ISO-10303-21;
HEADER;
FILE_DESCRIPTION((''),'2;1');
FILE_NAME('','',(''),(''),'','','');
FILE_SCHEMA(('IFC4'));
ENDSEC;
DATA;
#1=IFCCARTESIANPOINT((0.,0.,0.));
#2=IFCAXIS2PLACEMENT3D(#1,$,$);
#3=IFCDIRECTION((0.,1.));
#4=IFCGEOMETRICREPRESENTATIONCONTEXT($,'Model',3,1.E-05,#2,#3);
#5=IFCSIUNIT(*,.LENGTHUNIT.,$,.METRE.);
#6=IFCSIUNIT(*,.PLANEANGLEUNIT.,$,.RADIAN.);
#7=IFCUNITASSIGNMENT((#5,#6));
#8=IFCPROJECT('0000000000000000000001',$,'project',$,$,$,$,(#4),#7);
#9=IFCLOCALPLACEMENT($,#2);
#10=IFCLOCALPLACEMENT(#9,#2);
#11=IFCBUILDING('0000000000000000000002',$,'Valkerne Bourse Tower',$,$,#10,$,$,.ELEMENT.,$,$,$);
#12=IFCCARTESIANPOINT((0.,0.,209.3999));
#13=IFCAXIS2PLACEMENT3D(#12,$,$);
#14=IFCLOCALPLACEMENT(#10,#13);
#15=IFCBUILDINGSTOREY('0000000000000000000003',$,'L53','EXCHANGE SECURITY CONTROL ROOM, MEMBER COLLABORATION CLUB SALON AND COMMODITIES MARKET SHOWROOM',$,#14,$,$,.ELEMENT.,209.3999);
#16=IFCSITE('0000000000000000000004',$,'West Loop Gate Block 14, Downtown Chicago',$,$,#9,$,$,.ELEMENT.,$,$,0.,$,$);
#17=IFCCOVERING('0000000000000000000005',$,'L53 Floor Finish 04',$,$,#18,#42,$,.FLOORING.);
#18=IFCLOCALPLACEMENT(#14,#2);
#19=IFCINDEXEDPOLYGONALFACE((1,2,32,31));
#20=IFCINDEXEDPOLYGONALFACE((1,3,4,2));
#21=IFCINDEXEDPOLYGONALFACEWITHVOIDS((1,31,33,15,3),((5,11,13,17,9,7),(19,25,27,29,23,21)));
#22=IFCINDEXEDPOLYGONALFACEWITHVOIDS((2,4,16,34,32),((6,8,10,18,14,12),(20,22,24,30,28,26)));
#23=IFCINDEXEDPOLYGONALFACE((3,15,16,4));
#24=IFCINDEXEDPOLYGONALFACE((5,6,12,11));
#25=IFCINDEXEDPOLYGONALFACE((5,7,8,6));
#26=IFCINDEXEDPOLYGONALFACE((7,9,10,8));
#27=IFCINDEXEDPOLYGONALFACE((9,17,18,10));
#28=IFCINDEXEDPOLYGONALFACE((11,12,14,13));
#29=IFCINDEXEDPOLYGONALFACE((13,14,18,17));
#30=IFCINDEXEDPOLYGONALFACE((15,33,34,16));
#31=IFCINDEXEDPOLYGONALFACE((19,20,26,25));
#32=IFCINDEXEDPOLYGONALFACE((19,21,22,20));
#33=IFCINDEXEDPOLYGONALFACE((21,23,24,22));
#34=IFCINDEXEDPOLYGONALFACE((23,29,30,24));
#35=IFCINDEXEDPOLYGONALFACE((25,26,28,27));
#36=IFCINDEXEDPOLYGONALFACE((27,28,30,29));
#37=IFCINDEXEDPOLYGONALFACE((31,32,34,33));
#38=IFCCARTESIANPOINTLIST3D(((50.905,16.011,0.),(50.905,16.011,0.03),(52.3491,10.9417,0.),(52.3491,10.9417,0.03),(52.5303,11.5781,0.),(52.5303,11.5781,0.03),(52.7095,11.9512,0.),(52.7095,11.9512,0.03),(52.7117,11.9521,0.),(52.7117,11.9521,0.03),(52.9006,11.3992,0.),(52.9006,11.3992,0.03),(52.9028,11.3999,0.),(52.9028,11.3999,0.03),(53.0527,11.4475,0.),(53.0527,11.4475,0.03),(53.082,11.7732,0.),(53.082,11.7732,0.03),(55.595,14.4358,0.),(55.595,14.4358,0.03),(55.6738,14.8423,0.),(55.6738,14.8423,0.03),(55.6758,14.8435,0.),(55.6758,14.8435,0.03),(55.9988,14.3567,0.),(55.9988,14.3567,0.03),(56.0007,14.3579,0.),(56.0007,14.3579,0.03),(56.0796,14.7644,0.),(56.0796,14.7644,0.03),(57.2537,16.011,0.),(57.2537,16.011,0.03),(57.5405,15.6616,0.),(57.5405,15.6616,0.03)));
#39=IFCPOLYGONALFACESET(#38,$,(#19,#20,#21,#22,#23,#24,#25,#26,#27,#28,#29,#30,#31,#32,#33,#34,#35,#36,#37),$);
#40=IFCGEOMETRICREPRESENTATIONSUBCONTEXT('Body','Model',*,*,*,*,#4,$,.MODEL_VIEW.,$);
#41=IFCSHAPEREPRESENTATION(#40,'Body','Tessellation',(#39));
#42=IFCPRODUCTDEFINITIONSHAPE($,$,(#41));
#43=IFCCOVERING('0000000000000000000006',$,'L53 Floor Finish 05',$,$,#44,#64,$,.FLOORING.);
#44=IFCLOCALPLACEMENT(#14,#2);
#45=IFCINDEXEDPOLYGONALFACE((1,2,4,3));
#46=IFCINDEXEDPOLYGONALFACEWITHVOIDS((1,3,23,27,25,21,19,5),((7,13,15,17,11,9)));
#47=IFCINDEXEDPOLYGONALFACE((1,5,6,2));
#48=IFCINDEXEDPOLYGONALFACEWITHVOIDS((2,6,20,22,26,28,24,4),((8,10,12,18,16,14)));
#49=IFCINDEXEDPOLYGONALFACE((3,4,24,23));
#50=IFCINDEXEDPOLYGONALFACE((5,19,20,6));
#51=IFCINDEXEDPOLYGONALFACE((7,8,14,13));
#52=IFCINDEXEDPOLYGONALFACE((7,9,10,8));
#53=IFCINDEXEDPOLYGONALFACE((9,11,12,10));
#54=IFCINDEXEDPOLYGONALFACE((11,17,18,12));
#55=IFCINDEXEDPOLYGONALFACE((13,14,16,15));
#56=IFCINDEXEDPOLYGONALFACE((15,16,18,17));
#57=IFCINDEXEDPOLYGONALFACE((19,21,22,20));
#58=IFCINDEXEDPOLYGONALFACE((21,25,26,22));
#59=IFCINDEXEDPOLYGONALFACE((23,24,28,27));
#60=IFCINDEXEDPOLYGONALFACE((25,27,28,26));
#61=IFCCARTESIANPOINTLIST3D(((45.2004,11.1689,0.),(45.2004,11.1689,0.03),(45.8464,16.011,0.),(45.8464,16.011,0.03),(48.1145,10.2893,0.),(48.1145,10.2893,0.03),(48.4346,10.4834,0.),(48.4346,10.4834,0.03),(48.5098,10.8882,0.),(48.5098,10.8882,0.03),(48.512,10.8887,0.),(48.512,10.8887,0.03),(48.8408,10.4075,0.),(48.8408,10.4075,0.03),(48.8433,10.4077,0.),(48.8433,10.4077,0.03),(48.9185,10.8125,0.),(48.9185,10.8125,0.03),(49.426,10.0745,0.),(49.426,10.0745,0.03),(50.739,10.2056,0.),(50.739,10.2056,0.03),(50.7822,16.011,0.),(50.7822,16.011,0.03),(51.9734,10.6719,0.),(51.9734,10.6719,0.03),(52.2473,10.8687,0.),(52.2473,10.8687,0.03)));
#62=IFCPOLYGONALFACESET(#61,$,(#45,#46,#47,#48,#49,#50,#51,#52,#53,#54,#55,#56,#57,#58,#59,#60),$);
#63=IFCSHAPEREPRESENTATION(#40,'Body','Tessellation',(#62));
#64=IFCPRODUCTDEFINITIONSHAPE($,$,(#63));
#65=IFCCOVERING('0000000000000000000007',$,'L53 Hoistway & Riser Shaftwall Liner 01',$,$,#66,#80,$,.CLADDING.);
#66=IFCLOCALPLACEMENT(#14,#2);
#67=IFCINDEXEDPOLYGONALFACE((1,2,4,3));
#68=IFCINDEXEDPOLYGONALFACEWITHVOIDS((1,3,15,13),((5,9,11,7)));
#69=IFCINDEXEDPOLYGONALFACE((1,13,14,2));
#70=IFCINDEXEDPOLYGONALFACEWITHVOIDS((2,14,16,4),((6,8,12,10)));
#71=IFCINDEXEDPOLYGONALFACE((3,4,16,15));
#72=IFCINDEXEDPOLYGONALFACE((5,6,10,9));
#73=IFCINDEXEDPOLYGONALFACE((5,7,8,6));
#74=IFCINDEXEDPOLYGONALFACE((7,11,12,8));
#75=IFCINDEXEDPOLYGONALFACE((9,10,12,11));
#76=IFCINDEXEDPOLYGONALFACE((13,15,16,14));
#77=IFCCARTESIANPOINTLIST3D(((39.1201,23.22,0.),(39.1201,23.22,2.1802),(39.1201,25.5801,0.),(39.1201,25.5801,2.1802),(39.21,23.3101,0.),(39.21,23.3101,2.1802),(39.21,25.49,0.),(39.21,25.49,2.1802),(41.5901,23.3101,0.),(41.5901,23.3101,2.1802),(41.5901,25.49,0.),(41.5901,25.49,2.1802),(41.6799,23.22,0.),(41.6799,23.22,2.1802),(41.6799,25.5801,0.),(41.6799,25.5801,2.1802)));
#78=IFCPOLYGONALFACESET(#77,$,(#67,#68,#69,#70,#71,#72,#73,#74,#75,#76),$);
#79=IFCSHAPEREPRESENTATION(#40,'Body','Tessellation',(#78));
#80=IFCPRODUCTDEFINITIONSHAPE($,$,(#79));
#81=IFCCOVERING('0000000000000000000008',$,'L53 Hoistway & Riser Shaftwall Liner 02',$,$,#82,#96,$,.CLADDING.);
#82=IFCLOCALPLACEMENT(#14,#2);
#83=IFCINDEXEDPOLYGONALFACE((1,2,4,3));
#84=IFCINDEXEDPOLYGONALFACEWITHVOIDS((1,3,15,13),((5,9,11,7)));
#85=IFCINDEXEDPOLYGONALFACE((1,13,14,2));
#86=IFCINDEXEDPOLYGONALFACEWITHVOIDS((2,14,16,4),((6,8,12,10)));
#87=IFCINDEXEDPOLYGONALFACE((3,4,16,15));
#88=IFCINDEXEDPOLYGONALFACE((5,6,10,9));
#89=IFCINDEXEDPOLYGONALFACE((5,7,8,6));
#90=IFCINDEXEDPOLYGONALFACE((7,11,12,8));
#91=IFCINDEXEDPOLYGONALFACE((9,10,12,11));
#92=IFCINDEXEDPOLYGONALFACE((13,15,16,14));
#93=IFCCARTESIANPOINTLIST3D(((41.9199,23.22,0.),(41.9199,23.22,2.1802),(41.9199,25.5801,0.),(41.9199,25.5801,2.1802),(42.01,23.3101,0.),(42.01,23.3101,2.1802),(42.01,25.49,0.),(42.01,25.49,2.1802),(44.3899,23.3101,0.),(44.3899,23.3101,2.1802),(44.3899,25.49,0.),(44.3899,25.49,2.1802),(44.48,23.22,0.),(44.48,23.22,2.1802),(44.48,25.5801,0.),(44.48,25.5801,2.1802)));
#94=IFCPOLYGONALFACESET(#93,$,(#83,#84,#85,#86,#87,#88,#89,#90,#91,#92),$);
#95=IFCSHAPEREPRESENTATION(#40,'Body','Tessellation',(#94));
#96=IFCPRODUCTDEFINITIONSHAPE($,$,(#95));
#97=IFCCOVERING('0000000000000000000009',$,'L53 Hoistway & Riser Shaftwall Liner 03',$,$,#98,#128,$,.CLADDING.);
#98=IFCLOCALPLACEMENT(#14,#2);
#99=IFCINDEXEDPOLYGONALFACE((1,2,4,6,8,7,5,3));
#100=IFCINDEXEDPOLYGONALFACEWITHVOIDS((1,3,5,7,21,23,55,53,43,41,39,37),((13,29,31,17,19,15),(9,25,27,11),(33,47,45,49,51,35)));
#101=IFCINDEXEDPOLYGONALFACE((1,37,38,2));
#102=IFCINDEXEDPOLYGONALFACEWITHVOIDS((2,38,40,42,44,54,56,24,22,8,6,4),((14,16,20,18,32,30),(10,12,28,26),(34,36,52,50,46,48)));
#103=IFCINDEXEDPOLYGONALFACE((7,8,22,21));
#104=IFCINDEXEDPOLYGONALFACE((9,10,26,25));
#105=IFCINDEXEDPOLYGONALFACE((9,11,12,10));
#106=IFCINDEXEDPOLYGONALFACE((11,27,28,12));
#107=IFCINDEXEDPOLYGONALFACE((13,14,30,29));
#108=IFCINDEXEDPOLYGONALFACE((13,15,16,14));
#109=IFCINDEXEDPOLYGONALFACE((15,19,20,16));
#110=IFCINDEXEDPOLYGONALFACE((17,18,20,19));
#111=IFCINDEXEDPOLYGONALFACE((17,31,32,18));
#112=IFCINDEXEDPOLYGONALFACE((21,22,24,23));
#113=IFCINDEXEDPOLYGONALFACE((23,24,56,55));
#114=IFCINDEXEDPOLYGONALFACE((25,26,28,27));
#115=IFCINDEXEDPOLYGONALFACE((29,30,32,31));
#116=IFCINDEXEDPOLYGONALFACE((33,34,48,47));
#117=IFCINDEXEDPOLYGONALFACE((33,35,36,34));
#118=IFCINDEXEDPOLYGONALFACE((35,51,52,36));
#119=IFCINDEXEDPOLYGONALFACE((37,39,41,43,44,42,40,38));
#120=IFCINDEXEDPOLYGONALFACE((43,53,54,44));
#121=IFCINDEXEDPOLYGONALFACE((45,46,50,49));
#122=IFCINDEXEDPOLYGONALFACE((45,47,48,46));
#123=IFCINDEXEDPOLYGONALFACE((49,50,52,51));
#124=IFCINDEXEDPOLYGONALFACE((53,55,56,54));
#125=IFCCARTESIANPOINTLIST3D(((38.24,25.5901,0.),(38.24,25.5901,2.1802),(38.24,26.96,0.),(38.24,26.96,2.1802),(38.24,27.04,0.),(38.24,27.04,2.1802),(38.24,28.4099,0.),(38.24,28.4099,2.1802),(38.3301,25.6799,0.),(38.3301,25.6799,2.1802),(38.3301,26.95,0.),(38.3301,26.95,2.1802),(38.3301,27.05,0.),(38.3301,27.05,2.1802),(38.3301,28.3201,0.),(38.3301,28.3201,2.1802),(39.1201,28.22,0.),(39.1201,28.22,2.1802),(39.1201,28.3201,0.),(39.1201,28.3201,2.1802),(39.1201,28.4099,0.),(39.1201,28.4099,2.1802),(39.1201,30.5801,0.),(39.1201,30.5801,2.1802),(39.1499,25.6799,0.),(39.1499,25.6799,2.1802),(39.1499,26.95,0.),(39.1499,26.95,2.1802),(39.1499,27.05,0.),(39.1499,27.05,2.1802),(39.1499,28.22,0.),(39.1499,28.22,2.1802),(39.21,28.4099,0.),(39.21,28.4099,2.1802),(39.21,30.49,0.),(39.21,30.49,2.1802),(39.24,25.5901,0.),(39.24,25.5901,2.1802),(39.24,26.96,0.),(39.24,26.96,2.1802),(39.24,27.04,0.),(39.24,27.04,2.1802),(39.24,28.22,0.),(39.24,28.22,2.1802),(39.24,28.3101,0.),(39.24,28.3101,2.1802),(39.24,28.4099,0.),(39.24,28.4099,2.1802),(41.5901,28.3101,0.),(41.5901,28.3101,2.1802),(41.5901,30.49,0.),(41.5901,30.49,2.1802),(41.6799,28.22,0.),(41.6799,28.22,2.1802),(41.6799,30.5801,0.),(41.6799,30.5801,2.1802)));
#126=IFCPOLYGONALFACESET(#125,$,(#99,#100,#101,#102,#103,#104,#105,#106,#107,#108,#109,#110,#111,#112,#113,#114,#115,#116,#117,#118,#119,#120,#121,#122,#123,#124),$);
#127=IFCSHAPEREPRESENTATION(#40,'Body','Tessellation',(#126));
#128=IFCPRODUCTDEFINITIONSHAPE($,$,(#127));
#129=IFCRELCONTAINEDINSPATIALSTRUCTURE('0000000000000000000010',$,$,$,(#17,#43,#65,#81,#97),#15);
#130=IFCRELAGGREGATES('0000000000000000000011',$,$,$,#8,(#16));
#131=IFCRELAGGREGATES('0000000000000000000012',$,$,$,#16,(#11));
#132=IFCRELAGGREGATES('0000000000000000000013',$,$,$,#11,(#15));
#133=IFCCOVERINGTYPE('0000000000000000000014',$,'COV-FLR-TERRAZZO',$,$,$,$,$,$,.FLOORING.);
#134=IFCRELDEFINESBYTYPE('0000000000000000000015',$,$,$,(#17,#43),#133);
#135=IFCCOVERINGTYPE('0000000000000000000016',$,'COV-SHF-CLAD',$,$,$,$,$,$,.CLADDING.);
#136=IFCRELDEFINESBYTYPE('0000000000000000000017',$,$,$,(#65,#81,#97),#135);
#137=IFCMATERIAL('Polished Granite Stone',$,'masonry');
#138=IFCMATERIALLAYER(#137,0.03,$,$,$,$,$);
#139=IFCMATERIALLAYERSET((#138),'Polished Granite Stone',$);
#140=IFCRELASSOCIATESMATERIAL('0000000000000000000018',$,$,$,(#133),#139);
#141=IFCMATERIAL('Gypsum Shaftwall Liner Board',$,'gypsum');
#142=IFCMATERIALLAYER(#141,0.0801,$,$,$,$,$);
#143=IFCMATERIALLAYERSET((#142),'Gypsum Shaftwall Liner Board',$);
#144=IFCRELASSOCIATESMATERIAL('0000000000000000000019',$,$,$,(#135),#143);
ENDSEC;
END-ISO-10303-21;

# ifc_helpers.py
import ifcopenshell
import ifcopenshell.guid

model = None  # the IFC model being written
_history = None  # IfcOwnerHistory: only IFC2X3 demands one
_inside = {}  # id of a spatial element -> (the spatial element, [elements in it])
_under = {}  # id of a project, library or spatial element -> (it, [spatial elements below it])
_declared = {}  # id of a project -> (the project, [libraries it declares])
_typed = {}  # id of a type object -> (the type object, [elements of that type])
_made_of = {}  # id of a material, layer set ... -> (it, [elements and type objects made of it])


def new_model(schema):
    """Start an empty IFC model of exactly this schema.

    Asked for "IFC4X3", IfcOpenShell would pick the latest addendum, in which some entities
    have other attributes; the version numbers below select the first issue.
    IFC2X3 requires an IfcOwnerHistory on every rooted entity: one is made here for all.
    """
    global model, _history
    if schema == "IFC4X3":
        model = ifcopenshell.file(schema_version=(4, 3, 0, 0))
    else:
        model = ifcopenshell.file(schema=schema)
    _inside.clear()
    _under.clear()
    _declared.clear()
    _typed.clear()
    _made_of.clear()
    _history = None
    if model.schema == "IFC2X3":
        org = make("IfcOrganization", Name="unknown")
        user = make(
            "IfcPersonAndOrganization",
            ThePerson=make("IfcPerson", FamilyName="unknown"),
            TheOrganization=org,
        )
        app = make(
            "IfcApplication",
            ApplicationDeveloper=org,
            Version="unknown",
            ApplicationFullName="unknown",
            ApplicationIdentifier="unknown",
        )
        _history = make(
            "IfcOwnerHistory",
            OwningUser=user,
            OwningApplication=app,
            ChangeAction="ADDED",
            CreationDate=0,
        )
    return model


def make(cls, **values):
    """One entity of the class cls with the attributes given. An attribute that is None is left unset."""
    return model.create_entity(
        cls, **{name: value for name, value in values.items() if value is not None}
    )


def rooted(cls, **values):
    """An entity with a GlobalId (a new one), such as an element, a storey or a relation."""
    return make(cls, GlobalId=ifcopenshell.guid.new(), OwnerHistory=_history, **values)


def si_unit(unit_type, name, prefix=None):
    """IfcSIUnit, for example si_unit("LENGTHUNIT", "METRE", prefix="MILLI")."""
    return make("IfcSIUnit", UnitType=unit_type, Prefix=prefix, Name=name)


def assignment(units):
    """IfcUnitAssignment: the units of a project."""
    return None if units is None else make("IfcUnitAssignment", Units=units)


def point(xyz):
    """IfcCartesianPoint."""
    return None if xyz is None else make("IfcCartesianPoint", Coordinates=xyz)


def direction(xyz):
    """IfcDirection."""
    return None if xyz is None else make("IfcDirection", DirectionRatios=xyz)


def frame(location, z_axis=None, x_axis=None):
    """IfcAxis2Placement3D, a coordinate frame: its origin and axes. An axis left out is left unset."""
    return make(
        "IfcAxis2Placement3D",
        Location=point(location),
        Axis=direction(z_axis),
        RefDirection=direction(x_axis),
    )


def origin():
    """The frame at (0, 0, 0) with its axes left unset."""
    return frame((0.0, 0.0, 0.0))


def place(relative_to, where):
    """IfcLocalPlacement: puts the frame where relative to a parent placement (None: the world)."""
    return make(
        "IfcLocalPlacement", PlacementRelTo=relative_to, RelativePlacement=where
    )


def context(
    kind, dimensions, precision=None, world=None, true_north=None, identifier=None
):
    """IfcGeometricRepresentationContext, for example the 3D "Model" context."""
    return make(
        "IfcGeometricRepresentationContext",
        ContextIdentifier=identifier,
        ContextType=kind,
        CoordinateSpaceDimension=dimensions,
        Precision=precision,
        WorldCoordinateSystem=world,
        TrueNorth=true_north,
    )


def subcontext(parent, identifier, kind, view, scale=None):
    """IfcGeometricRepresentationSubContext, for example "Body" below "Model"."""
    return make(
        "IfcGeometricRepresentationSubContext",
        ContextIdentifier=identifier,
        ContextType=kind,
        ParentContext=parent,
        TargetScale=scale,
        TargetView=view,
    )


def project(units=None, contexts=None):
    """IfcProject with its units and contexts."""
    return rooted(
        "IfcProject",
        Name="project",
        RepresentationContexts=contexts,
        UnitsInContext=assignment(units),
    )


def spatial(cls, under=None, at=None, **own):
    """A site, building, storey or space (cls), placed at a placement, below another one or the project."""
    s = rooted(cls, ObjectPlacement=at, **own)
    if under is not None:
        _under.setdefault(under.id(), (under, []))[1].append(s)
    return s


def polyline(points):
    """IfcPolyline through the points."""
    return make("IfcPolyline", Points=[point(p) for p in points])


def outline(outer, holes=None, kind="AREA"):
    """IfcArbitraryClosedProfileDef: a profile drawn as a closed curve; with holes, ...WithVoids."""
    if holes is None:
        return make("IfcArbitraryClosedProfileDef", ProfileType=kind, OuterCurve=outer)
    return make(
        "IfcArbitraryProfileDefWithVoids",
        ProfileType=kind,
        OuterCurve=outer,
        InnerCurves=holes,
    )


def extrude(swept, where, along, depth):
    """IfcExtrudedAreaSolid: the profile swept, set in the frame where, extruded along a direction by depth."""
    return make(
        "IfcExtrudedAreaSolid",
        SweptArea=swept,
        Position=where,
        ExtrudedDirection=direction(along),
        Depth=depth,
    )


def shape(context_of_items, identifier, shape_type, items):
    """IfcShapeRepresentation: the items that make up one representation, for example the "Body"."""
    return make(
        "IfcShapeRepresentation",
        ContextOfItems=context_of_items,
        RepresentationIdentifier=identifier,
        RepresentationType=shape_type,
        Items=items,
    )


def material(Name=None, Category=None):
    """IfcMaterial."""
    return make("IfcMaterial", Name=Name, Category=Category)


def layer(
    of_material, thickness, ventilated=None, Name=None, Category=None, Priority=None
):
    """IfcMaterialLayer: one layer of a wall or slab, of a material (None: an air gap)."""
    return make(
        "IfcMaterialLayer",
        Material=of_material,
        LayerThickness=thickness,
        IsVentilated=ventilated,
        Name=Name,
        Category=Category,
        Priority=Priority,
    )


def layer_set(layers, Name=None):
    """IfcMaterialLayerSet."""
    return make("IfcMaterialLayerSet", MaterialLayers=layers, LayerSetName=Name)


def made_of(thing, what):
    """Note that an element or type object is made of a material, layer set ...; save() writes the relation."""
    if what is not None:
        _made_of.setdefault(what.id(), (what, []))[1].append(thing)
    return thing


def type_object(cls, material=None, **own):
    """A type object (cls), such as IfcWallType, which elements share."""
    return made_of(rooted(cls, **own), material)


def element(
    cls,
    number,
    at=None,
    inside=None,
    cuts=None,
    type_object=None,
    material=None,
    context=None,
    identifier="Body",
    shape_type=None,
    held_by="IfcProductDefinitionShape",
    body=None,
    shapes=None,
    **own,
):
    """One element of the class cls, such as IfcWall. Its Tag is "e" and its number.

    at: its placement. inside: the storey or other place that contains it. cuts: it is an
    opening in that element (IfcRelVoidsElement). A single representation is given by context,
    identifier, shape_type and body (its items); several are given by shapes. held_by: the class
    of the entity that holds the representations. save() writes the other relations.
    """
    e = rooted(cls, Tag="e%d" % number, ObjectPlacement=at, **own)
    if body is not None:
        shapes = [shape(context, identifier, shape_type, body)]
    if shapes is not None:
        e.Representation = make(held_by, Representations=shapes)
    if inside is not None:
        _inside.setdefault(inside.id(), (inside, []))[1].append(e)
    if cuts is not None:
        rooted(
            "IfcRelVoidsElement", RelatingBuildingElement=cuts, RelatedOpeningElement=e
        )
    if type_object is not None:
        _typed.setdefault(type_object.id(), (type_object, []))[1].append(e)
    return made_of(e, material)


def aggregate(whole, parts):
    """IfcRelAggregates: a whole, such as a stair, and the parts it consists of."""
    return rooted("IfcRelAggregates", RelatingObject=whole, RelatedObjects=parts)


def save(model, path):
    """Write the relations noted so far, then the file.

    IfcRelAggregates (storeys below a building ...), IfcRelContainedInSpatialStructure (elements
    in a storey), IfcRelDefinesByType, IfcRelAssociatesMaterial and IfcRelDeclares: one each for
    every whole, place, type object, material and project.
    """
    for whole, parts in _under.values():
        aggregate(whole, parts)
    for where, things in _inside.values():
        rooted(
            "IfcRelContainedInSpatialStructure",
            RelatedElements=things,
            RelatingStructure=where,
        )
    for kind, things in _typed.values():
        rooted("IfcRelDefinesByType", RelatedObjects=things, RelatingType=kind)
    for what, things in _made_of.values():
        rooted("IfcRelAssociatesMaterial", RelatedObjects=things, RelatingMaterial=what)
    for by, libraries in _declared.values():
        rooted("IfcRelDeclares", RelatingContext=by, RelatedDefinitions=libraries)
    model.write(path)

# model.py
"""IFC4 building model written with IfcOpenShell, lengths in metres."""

from ifc_helpers import new_model, si_unit, direction, frame, origin, place, context, subcontext, project, spatial, polyline, outline, extrude, material, layer, layer_set, type_object, element, save


model = new_model("IFC4")

# Units and contexts
model_context = context("Model", 3, precision=1e-05, world=origin(), true_north=direction((0.0, 1.0)))
body_context = subcontext(model_context, "Body", "Model", "MODEL_VIEW")
ifc_project = project(units=[si_unit("LENGTHUNIT", "METRE"), si_unit("PLANEANGLEUNIT", "RADIAN")], contexts=[model_context])

# Site, building, storey
site_placement = place(None, origin())
site = spatial("IfcSite", under=ifc_project, at=site_placement, Name="West Loop Gate Block 14, Downtown Chicago", CompositionType="ELEMENT", RefElevation=0.0)
building_placement = place(site_placement, origin())
building = spatial("IfcBuilding", under=site, at=building_placement, Name="Valkerne Bourse Tower", CompositionType="ELEMENT")
storey_placement = place(building_placement, frame((0.0, 0.0, 209.3999)))
storey = spatial("IfcBuildingStorey", under=building, at=storey_placement, Name="L53", Description="EXCHANGE SECURITY CONTROL ROOM, MEMBER COLLABORATION CLUB SALON AND COMMODITIES MARKET SHOWROOM", CompositionType="ELEMENT", Elevation=209.3999)

# Coverings
ifc_material_1 = material(Name="Polished Granite Stone", Category="masonry")
ifc_layer_1 = layer(ifc_material_1, 0.03)
ifc_layer_set_1 = layer_set([ifc_layer_1], Name="Polished Granite Stone")
covering_type_1 = type_object("IfcCoveringType", Name="COV-FLR-TERRAZZO", PredefinedType="FLOORING", material=ifc_layer_set_1)
covering_1_placement = place(storey_placement, origin())
element("IfcCovering", 1, at=covering_1_placement, inside=storey, type_object=covering_type_1, Name="L53 Floor Finish 04", PredefinedType="FLOORING", context=body_context, shape_type="SweptSolid", body=[
    extrude(outline(polyline([(50.905, 16.011), (57.2537, 16.011), (57.5405, 15.6616), (53.0527, 11.4475), (52.3491, 10.9417), (50.905, 16.011)]), holes=[polyline([(53.082, 11.7732), (52.7117, 11.9521), (52.7095, 11.9512), (52.5303, 11.5781), (52.9006, 11.3992), (52.9028, 11.3999), (53.082, 11.7732)]), polyline([(56.0796, 14.7644), (55.6758, 14.8435), (55.6738, 14.8423), (55.595, 14.4358), (55.9988, 14.3567), (56.0007, 14.3579), (56.0796, 14.7644)])]), origin(), (0.0, 0.0, 1.0), 0.03),
])
covering_2_placement = place(storey_placement, origin())
element("IfcCovering", 2, at=covering_2_placement, inside=storey, type_object=covering_type_1, Name="L53 Floor Finish 05", PredefinedType="FLOORING", context=body_context, shape_type="SweptSolid", body=[
    extrude(outline(polyline([(49.426, 10.0745), (48.1145, 10.2893), (45.2004, 11.1689), (45.8464, 16.011), (50.7822, 16.011), (52.2473, 10.8687), (51.9734, 10.6719), (50.739, 10.2056), (49.426, 10.0745)]), holes=[polyline([(48.9185, 10.8125), (48.512, 10.8887), (48.5098, 10.8882), (48.4346, 10.4834), (48.8408, 10.4075), (48.8433, 10.4077), (48.9185, 10.8125)])]), origin(), (0.0, 0.0, 1.0), 0.03),
])
ifc_material_2 = material(Name="Gypsum Shaftwall Liner Board", Category="gypsum")
ifc_layer_2 = layer(ifc_material_2, 0.0801)
ifc_layer_set_2 = layer_set([ifc_layer_2], Name="Gypsum Shaftwall Liner Board")
covering_type_2 = type_object("IfcCoveringType", Name="COV-SHF-CLAD", PredefinedType="CLADDING", material=ifc_layer_set_2)
covering_3_placement = place(storey_placement, origin())
element("IfcCovering", 3, at=covering_3_placement, inside=storey, type_object=covering_type_2, Name="L53 Hoistway & Riser Shaftwall Liner 01", PredefinedType="CLADDING", context=body_context, shape_type="SweptSolid", body=[
    extrude(outline(polyline([(41.6799, 25.5801), (41.6799, 23.22), (39.1201, 23.22), (39.1201, 25.5801), (41.6799, 25.5801)]), holes=[polyline([(41.5901, 25.49), (39.21, 25.49), (39.21, 23.3101), (41.5901, 23.3101), (41.5901, 25.49)])]), origin(), (0.0, 0.0, 1.0), 2.1802),
])
covering_4_placement = place(storey_placement, origin())
element("IfcCovering", 4, at=covering_4_placement, inside=storey, type_object=covering_type_2, Name="L53 Hoistway & Riser Shaftwall Liner 02", PredefinedType="CLADDING", context=body_context, shape_type="SweptSolid", body=[
    extrude(outline(polyline([(44.48, 23.22), (41.9199, 23.22), (41.9199, 25.5801), (44.48, 25.5801), (44.48, 23.22)]), holes=[polyline([(42.01, 25.49), (42.01, 23.3101), (44.3899, 23.3101), (44.3899, 25.49), (42.01, 25.49)])]), origin(), (0.0, 0.0, 1.0), 2.1802),
])
covering_5_placement = place(storey_placement, origin())
element("IfcCovering", 5, at=covering_5_placement, inside=storey, type_object=covering_type_2, Name="L53 Hoistway & Riser Shaftwall Liner 03", PredefinedType="CLADDING", context=body_context, shape_type="SweptSolid", body=[
    extrude(outline(polyline([(38.24, 28.4099), (39.1201, 28.4099), (39.1201, 30.5801), (41.6799, 30.5801), (41.6799, 28.22), (39.24, 28.22), (39.24, 27.04), (39.24, 26.96), (39.24, 25.5901), (38.24, 25.5901), (38.24, 26.96), (38.24, 27.04), (38.24, 28.4099)]), holes=[polyline([(38.3301, 26.95), (38.3301, 25.6799), (39.1499, 25.6799), (39.1499, 26.95), (38.3301, 26.95)]), polyline([(39.21, 30.49), (39.21, 28.4099), (39.24, 28.4099), (39.24, 28.3101), (41.5901, 28.3101), (41.5901, 30.49), (39.21, 30.49)]), polyline([(38.3301, 27.05), (39.1499, 27.05), (39.1499, 28.22), (39.1201, 28.22), (39.1201, 28.3201), (38.3301, 28.3201), (38.3301, 27.05)])]), origin(), (0.0, 0.0, 1.0), 2.1802),
])

save(model, "model.ifc")
